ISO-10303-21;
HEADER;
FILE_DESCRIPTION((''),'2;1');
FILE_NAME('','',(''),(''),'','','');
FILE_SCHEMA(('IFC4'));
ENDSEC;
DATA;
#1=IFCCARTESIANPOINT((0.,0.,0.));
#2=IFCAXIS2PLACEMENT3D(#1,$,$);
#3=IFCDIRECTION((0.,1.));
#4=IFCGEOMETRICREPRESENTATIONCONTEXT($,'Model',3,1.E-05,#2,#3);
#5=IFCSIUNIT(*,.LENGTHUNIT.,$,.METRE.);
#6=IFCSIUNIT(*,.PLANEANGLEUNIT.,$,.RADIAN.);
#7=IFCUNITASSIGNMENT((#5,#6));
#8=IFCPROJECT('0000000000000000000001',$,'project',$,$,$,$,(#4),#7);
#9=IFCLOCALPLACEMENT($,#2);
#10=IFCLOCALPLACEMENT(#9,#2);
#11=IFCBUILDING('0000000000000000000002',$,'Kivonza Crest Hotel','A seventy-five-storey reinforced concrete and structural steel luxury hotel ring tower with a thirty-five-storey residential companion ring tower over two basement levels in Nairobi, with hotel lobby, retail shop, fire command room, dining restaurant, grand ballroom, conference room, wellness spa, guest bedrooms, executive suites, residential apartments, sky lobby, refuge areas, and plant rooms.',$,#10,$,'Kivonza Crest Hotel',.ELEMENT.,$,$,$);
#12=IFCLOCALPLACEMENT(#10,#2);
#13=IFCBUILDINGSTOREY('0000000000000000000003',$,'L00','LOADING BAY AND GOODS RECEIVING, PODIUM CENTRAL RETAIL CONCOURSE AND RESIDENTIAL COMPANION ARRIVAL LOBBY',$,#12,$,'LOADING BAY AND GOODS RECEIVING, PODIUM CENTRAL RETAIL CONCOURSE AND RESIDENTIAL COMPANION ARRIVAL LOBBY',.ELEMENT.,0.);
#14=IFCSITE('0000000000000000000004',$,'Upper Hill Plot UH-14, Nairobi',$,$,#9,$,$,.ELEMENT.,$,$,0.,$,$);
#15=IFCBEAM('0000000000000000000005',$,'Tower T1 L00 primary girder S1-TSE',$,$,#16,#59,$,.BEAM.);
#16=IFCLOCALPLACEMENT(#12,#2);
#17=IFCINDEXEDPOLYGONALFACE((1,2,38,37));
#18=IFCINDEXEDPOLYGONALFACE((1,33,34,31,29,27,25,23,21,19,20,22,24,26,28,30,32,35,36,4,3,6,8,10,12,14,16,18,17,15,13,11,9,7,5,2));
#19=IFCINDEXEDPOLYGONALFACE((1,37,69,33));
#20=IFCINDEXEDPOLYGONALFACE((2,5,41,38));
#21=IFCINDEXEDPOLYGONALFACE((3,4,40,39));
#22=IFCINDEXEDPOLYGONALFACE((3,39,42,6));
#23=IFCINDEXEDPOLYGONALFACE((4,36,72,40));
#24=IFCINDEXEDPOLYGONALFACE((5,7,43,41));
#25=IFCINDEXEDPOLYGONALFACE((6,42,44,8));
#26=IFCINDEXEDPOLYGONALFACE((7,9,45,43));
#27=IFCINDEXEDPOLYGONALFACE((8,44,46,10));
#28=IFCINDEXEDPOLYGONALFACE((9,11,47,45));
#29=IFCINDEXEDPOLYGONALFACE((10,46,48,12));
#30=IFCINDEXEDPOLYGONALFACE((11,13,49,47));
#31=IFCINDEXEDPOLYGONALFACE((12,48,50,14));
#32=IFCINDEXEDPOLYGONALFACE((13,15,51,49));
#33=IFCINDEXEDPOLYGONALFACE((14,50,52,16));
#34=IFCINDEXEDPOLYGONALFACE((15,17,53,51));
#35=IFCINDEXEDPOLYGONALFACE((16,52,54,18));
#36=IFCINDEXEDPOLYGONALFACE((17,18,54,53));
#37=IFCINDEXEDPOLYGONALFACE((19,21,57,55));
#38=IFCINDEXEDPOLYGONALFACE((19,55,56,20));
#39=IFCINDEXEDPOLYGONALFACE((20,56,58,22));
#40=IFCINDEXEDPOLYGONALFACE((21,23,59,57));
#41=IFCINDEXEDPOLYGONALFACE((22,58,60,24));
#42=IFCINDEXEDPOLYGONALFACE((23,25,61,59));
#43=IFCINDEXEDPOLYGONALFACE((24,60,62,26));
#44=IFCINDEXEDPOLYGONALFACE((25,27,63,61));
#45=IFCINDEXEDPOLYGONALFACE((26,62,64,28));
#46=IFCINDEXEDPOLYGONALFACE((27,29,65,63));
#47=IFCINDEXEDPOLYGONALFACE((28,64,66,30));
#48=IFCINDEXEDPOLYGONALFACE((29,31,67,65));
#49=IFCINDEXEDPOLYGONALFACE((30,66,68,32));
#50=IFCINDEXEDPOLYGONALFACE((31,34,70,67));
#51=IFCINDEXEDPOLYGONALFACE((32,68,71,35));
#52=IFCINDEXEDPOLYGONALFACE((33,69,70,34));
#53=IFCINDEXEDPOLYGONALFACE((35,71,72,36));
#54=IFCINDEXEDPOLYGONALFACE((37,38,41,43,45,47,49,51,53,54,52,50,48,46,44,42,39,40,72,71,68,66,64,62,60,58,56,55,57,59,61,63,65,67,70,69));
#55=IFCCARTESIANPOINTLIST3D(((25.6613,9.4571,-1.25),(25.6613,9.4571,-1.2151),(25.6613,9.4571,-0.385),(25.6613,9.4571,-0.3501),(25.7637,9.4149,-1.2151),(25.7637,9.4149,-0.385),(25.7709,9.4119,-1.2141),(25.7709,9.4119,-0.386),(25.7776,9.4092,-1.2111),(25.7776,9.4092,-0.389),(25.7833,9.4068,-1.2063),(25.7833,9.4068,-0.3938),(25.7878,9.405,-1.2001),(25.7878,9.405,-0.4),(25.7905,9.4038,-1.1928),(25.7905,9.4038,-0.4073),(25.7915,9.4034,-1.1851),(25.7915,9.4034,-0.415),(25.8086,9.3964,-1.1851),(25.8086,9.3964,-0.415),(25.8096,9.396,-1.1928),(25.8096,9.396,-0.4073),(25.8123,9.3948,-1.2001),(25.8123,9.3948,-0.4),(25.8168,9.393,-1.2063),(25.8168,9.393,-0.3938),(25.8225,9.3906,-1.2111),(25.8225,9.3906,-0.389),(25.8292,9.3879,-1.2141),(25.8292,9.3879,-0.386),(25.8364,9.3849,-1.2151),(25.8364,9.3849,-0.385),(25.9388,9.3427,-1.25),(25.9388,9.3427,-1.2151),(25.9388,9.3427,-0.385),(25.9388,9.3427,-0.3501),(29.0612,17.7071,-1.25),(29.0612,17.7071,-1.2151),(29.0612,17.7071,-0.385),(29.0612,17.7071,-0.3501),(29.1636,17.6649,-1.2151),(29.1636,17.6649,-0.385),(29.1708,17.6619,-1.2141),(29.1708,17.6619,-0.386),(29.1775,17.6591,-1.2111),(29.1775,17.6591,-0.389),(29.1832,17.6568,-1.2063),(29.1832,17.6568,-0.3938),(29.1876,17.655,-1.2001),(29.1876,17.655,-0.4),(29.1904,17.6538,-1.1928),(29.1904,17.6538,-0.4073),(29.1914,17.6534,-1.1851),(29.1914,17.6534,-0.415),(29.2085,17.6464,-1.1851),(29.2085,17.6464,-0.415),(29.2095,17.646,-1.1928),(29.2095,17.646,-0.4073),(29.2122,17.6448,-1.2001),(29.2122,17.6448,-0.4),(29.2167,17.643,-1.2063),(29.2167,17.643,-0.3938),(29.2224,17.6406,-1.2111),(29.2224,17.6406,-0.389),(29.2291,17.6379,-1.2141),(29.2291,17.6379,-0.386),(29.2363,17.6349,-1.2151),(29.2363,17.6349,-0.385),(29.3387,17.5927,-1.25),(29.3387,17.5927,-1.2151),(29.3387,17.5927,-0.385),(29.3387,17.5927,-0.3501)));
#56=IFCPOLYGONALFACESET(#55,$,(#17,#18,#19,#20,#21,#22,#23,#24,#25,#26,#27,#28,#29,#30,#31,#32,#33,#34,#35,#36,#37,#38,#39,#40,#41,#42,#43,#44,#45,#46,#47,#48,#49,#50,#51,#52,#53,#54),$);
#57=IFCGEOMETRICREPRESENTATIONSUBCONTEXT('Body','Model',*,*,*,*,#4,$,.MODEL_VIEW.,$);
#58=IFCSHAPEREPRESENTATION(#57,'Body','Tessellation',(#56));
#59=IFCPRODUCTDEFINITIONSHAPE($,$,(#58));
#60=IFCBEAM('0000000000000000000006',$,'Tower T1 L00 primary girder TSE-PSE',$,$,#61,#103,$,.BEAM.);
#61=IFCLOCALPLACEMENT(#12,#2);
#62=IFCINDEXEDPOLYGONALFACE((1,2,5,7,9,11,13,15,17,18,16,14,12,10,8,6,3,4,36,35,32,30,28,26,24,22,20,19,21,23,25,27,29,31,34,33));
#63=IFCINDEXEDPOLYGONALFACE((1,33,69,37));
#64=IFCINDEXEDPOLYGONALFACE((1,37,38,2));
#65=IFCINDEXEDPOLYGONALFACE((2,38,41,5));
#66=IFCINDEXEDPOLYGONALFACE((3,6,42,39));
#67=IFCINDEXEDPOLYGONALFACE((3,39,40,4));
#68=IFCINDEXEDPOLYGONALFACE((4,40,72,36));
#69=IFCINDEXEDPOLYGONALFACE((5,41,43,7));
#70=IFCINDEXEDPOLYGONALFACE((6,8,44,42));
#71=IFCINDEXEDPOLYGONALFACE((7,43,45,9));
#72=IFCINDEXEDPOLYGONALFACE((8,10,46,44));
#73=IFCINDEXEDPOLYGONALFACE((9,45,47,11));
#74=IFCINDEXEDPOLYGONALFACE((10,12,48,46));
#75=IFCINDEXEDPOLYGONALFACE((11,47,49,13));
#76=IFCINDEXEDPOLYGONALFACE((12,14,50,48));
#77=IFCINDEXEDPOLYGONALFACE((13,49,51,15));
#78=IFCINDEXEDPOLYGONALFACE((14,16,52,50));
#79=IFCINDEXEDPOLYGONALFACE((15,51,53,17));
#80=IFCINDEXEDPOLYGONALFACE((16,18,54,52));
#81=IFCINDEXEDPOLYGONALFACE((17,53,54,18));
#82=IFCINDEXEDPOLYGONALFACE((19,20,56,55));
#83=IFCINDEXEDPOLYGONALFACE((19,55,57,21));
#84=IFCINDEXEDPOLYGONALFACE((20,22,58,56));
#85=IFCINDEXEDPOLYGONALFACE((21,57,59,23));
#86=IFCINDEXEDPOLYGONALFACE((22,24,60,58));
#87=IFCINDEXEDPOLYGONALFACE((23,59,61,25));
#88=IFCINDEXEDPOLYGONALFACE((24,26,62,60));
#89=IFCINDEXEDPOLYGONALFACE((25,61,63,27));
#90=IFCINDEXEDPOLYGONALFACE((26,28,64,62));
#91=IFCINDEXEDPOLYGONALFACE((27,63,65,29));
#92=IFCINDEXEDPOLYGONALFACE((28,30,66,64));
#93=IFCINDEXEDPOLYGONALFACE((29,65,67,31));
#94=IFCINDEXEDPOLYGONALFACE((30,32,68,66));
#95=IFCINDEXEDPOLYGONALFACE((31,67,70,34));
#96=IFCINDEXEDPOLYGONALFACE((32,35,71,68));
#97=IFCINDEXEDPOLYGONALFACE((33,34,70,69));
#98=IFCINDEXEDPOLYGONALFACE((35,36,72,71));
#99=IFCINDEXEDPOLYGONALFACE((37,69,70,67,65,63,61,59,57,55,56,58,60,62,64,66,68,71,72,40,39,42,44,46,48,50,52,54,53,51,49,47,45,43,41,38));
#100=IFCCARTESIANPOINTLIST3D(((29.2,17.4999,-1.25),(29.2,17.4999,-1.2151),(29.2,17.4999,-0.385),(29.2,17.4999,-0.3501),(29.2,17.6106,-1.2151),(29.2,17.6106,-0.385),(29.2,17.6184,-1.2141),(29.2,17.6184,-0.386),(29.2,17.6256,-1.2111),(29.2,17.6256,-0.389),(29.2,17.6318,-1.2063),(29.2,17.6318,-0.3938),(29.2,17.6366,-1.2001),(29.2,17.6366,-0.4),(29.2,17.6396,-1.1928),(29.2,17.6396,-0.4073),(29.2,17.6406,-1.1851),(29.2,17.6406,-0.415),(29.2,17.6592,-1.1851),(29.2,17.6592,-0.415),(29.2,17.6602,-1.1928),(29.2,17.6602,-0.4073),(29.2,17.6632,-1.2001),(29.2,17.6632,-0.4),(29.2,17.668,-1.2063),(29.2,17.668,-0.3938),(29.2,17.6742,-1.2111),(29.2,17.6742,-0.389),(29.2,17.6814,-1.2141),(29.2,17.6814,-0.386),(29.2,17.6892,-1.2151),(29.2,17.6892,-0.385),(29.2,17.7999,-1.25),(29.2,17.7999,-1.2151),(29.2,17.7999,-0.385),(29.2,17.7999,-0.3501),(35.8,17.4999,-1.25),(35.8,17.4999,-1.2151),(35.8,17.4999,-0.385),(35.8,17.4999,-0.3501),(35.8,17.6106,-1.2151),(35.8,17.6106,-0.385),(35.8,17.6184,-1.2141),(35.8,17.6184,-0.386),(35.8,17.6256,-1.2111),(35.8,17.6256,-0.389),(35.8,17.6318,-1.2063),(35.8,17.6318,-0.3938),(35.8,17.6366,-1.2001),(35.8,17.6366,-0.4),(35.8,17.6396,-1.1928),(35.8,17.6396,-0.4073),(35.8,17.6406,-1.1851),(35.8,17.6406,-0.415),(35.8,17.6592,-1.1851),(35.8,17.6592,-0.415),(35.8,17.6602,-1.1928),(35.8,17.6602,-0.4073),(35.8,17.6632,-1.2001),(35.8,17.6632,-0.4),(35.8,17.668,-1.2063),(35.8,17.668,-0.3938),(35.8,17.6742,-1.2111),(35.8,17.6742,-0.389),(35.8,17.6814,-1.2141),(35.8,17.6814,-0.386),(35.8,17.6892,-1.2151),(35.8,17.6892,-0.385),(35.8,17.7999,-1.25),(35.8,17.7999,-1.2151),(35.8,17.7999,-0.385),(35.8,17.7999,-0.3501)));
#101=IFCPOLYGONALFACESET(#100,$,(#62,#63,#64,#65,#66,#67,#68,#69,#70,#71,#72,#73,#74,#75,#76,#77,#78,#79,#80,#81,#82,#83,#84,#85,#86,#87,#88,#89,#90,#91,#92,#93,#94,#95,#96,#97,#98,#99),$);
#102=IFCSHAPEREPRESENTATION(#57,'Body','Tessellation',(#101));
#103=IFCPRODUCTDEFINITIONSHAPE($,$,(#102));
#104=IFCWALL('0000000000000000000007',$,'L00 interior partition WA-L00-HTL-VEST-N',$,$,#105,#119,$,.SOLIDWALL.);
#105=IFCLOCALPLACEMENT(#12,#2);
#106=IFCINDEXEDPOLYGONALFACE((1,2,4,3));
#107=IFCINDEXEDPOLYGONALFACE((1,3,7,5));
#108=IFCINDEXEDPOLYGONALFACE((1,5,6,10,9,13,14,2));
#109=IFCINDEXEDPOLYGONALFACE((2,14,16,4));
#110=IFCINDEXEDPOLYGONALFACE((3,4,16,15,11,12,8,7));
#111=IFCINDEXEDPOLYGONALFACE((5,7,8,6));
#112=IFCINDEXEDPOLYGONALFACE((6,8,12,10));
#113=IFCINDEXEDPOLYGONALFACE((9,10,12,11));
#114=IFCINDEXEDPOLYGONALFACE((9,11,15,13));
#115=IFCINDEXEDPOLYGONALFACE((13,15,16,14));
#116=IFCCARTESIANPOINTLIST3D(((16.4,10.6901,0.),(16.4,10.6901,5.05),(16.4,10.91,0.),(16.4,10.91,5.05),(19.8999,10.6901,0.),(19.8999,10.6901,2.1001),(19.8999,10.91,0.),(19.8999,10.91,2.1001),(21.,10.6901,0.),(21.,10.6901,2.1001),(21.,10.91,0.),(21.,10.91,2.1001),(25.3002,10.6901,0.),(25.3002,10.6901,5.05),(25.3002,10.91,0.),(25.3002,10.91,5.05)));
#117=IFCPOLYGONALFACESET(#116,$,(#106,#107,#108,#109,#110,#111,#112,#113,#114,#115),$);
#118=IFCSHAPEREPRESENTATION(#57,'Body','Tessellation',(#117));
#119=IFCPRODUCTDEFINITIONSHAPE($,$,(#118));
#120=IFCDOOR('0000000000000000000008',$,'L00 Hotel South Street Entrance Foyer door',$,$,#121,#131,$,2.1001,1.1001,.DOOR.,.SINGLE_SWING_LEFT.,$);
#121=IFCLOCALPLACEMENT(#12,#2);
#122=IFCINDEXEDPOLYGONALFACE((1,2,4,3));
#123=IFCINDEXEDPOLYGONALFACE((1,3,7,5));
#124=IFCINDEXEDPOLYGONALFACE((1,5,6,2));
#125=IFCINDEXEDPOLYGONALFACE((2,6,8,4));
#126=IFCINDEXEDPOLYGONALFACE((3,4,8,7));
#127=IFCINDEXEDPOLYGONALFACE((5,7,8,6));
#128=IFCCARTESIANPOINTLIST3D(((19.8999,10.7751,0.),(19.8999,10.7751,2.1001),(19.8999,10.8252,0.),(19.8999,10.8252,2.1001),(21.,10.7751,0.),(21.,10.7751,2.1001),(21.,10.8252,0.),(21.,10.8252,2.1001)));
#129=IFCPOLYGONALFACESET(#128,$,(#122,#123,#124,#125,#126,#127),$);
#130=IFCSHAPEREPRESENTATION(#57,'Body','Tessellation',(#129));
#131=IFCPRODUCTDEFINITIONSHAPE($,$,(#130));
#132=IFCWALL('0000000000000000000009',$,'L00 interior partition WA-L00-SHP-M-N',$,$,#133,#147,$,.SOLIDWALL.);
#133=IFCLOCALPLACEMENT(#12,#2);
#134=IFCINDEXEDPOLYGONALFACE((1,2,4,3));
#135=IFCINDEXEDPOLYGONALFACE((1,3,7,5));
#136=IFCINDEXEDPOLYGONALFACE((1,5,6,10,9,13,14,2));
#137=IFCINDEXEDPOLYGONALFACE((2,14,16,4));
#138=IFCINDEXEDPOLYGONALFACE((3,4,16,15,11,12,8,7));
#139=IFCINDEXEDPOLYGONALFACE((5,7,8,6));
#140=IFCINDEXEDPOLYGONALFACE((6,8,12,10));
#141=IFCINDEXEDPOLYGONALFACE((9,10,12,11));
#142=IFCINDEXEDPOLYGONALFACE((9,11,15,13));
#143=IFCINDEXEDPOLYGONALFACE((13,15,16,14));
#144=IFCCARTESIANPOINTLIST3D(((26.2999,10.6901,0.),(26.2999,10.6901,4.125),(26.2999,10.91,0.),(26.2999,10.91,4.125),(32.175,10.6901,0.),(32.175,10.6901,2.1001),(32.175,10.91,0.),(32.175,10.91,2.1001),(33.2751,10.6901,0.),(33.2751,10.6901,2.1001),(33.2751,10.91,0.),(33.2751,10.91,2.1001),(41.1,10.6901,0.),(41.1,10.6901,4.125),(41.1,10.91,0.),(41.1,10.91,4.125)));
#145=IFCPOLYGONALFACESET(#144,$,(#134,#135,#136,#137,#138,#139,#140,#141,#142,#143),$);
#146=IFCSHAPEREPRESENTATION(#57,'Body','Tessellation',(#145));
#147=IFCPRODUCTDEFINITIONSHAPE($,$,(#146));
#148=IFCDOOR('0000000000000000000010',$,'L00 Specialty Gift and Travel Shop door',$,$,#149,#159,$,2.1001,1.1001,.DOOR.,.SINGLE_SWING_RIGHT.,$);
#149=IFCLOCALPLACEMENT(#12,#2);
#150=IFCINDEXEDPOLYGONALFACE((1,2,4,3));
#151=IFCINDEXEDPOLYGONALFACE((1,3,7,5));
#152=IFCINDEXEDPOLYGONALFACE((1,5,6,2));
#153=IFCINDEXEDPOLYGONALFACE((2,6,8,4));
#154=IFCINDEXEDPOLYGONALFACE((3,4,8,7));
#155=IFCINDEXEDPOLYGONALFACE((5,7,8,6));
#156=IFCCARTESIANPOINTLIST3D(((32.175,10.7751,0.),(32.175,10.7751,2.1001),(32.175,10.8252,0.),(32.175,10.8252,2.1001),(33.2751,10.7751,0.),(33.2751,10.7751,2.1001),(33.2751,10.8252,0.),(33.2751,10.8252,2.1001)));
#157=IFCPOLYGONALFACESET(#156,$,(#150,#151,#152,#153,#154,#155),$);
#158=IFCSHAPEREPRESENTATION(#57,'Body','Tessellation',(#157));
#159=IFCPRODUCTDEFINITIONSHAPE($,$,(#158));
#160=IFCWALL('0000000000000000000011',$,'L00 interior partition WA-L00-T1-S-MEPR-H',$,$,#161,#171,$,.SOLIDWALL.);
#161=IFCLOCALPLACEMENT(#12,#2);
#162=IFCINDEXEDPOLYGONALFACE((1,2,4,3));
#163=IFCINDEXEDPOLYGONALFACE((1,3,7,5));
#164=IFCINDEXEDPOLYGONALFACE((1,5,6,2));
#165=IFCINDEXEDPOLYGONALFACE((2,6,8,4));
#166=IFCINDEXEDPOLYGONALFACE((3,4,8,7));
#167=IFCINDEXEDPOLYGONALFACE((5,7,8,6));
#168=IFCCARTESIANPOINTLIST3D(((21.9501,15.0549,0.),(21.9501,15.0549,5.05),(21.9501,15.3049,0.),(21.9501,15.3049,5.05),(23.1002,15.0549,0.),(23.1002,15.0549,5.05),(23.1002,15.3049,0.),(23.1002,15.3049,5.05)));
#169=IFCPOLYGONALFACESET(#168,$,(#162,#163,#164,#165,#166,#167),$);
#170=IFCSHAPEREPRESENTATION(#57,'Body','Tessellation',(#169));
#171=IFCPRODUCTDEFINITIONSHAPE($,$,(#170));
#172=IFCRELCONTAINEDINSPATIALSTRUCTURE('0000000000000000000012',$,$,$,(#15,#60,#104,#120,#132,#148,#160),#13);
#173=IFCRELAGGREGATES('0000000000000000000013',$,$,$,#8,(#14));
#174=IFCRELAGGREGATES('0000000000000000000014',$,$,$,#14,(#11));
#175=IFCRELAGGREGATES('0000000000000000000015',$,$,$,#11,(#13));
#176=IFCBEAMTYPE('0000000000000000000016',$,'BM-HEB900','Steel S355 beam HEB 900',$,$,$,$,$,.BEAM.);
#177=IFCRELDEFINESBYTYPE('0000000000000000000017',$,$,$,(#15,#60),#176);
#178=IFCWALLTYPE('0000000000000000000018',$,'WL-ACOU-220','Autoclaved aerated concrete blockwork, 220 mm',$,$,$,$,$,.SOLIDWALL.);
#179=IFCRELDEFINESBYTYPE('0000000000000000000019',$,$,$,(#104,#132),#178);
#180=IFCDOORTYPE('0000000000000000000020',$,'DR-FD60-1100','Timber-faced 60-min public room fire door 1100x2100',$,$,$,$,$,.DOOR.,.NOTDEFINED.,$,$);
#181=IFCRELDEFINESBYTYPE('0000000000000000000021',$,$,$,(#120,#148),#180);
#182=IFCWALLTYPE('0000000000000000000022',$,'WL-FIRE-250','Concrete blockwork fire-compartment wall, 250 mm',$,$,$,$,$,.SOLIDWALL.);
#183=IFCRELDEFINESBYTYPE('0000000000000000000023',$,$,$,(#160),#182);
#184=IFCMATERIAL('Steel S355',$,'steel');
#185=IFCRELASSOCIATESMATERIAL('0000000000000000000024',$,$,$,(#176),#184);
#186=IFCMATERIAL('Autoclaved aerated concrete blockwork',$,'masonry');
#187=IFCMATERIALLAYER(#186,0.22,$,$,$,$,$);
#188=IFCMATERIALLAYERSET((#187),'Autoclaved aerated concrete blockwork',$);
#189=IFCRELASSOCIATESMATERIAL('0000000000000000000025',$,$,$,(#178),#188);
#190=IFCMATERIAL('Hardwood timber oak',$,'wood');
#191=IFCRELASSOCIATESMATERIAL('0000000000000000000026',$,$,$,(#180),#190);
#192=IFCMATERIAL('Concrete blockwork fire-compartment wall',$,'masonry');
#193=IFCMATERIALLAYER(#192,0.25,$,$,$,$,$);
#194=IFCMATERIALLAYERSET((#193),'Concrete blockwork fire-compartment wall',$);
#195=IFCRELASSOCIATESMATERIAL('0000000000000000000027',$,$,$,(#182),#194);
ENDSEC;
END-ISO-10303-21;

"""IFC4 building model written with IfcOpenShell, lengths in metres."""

from ifc_helpers import new_model, si_unit, direction, frame, frame_2d, origin, origin_2d, place, context, subcontext, project, spatial, rectangle, i_section, extrude, material, layer, layer_set, material_profile, profile_set, type_object, element, fill, save


model = new_model("IFC4")

# Units and contexts
model_context = context("Model", 3, precision=1e-05, world=origin(), true_north=direction((0.0, 1.0)))
body_context = subcontext(model_context, "Body", "Model", "MODEL_VIEW")
ifc_project = project(units=[si_unit("LENGTHUNIT", "METRE"), si_unit("PLANEANGLEUNIT", "RADIAN")], contexts=[model_context])

# Site, building, storey
site_placement = place(None, origin())
site = spatial("IfcSite", under=ifc_project, at=site_placement, Name="Upper Hill Plot UH-14, Nairobi", CompositionType="ELEMENT", RefElevation=0.0)
building_placement = place(site_placement, origin())
building = spatial("IfcBuilding", under=site, at=building_placement, Name="Kivonza Crest Hotel", Description="A seventy-five-storey reinforced concrete and structural steel luxury hotel ring tower with a thirty-five-storey residential companion ring tower over two basement levels in Nairobi, with hotel lobby, retail shop, fire command room, dining restaurant, grand ballroom, conference room, wellness spa, guest bedrooms, executive suites, residential apartments, sky lobby, refuge areas, and plant rooms.", LongName="Kivonza Crest Hotel", CompositionType="ELEMENT")
storey_placement = place(building_placement, origin())
storey = spatial("IfcBuildingStorey", under=building, at=storey_placement, Name="L00", Description="LOADING BAY AND GOODS RECEIVING, PODIUM CENTRAL RETAIL CONCOURSE AND RESIDENTIAL COMPANION ARRIVAL LOBBY", LongName="LOADING BAY AND GOODS RECEIVING, PODIUM CENTRAL RETAIL CONCOURSE AND RESIDENTIAL COMPANION ARRIVAL LOBBY", CompositionType="ELEMENT", Elevation=0.0)

# Beams
ifc_material_1 = material(Name="Steel S355", Category="steel")
ifc_material_profile_1 = material_profile(ifc_material_1, i_section(OverallWidth=0.3, OverallDepth=0.8999, WebThickness=0.0186, FlangeThickness=0.0349, FilletRadius=0.03, at=origin_2d()), Name="HEB 900")
ifc_profile_set_1 = profile_set([ifc_material_profile_1], Name="Steel S355")
beam_type_1 = type_object("IfcBeamType", Name="BM-HEB900", Description="Steel S355 beam HEB 900", PredefinedType="BEAM", material=ifc_profile_set_1)
beam_1_placement = place(storey_placement, frame((25.8, 9.3999, -0.8), z_axis=(0.381022, 0.924566, 0.0), x_axis=(-0.924566, 0.381022, 0.0)))
element("IfcBeam", 1, at=beam_1_placement, inside=storey, type_object=beam_type_1, Name="Tower T1 L00 primary girder S1-TSE", PredefinedType="BEAM", context=body_context, shape_type="SweptSolid", body=[
    extrude(i_section(OverallWidth=0.3, OverallDepth=0.8999, WebThickness=0.0186, FlangeThickness=0.0349, FilletRadius=0.03, at=origin_2d()), origin(), (0.0, 0.0, 1.0), 8.9231),
])
beam_2_placement = place(storey_placement, frame((29.2, 17.6499, -0.8), z_axis=(1.0, 0.0, 0.0), x_axis=(0.0, 1.0, 0.0)))
element("IfcBeam", 2, at=beam_2_placement, inside=storey, type_object=beam_type_1, Name="Tower T1 L00 primary girder TSE-PSE", PredefinedType="BEAM", context=body_context, shape_type="SweptSolid", body=[
    extrude(i_section(OverallWidth=0.3, OverallDepth=0.8999, WebThickness=0.0186, FlangeThickness=0.0349, FilletRadius=0.03, at=origin_2d()), origin(), (0.0, 0.0, 1.0), 6.6001),
])

# Walls, openings, doors
ifc_material_2 = material(Name="Autoclaved aerated concrete blockwork", Category="masonry")
ifc_layer_1 = layer(ifc_material_2, 0.22)
ifc_layer_set_1 = layer_set([ifc_layer_1], Name="Autoclaved aerated concrete blockwork")
wall_type_1 = type_object("IfcWallType", Name="WL-ACOU-220", Description="Autoclaved aerated concrete blockwork, 220 mm", PredefinedType="SOLIDWALL", material=ifc_layer_set_1)
wall_1_placement = place(storey_placement, frame((16.3999, 10.8, 0.0), z_axis=(0.0, 0.0, 1.0), x_axis=(1.0, 0.0, 0.0)))
wall_1 = element("IfcWall", 3, at=wall_1_placement, inside=storey, type_object=wall_type_1, Name="L00 interior partition WA-L00-HTL-VEST-N", PredefinedType="SOLIDWALL", context=body_context, shape_type="SweptSolid", body=[
    extrude(rectangle(XDim=8.9001, YDim=0.22, at=frame_2d((4.4502, 0.0))), origin(), (0.0, 0.0, 1.0), 5.05),
])
opening_1_placement = place(wall_1_placement, frame((3.5, 0.0, 0.0)))
opening_1 = element("IfcOpeningElement", 4, at=opening_1_placement, cuts=wall_1, PredefinedType="OPENING", context=body_context, shape_type="SweptSolid", body=[
    extrude(rectangle(XDim=1.1001, YDim=2.1001, at=frame_2d((0.55, 1.05))), frame((0.0, 0.1201, 0.0), z_axis=(0.0, -1.0, 0.0), x_axis=(1.0, 0.0, 0.0)), (0.0, 0.0, 1.0), 0.24),
])
ifc_material_3 = material(Name="Hardwood timber oak", Category="wood")
door_type_1 = type_object("IfcDoorType", Name="DR-FD60-1100", Description="Timber-faced 60-min public room fire door 1100x2100", OperationType="NOTDEFINED", PredefinedType="DOOR", material=ifc_material_3)
door_1_placement = place(opening_1_placement, frame((1.1001, 0.0, 0.0), z_axis=(0.0, 0.0, 1.0), x_axis=(-1.0, 0.0, 0.0)))
door_1 = element("IfcDoor", 5, at=door_1_placement, inside=storey, type_object=door_type_1, Name="L00 Hotel South Street Entrance Foyer door", OperationType="SINGLE_SWING_LEFT", OverallHeight=2.1001, OverallWidth=1.1001, PredefinedType="DOOR", context=body_context, shape_type="SweptSolid", body=[
    extrude(rectangle(XDim=1.1001, YDim=2.1001, at=frame_2d((0.55, 1.05))), frame((0.0, 0.0249, 0.0), z_axis=(0.0, -1.0, 0.0), x_axis=(1.0, 0.0, 0.0)), (0.0, 0.0, 1.0), 0.05),
])
fill(opening_1, door_1)
wall_2_placement = place(storey_placement, frame((26.3, 10.8, 0.0), z_axis=(0.0, 0.0, 1.0), x_axis=(1.0, 0.0, 0.0)))
wall_2 = element("IfcWall", 6, at=wall_2_placement, inside=storey, type_object=wall_type_1, Name="L00 interior partition WA-L00-SHP-M-N", PredefinedType="SOLIDWALL", context=body_context, shape_type="SweptSolid", body=[
    extrude(rectangle(XDim=14.8, YDim=0.22, at=frame_2d((7.3999, 0.0))), origin(), (0.0, 0.0, 1.0), 4.125),
])
opening_2_placement = place(wall_2_placement, frame((5.875, 0.0, 0.0)))
opening_2 = element("IfcOpeningElement", 7, at=opening_2_placement, cuts=wall_2, PredefinedType="OPENING", context=body_context, shape_type="SweptSolid", body=[
    extrude(rectangle(XDim=1.1001, YDim=2.1001, at=frame_2d((0.55, 1.05))), frame((0.0, 0.1201, 0.0), z_axis=(0.0, -1.0, 0.0), x_axis=(1.0, 0.0, 0.0)), (0.0, 0.0, 1.0), 0.24),
])
door_2_placement = place(opening_2_placement, frame((1.1001, 0.0, 0.0), z_axis=(0.0, 0.0, 1.0), x_axis=(-1.0, 0.0, 0.0)))
door_2 = element("IfcDoor", 8, at=door_2_placement, inside=storey, type_object=door_type_1, Name="L00 Specialty Gift and Travel Shop door", OperationType="SINGLE_SWING_RIGHT", OverallHeight=2.1001, OverallWidth=1.1001, PredefinedType="DOOR", context=body_context, shape_type="SweptSolid", body=[
    extrude(rectangle(XDim=1.1001, YDim=2.1001, at=frame_2d((0.55, 1.05))), frame((0.0, 0.0249, 0.0), z_axis=(0.0, -1.0, 0.0), x_axis=(1.0, 0.0, 0.0)), (0.0, 0.0, 1.0), 0.05),
])
fill(opening_2, door_2)

# Wall
ifc_material_4 = material(Name="Concrete blockwork fire-compartment wall", Category="masonry")
ifc_layer_2 = layer(ifc_material_4, 0.25)
ifc_layer_set_2 = layer_set([ifc_layer_2], Name="Concrete blockwork fire-compartment wall")
wall_type_2 = type_object("IfcWallType", Name="WL-FIRE-250", Description="Concrete blockwork fire-compartment wall, 250 mm", PredefinedType="SOLIDWALL", material=ifc_layer_set_2)
wall_3_placement = place(storey_placement, frame((21.95, 15.1799, 0.0), z_axis=(0.0, 0.0, 1.0), x_axis=(1.0, 0.0, 0.0)))
element("IfcWall", 9, at=wall_3_placement, inside=storey, type_object=wall_type_2, Name="L00 interior partition WA-L00-T1-S-MEPR-H", PredefinedType="SOLIDWALL", context=body_context, shape_type="SweptSolid", body=[
    extrude(rectangle(XDim=1.1501, YDim=0.25, at=frame_2d((0.5752, 0.0))), origin(), (0.0, 0.0, 1.0), 5.05),
])

save(model, "model.ifc")
